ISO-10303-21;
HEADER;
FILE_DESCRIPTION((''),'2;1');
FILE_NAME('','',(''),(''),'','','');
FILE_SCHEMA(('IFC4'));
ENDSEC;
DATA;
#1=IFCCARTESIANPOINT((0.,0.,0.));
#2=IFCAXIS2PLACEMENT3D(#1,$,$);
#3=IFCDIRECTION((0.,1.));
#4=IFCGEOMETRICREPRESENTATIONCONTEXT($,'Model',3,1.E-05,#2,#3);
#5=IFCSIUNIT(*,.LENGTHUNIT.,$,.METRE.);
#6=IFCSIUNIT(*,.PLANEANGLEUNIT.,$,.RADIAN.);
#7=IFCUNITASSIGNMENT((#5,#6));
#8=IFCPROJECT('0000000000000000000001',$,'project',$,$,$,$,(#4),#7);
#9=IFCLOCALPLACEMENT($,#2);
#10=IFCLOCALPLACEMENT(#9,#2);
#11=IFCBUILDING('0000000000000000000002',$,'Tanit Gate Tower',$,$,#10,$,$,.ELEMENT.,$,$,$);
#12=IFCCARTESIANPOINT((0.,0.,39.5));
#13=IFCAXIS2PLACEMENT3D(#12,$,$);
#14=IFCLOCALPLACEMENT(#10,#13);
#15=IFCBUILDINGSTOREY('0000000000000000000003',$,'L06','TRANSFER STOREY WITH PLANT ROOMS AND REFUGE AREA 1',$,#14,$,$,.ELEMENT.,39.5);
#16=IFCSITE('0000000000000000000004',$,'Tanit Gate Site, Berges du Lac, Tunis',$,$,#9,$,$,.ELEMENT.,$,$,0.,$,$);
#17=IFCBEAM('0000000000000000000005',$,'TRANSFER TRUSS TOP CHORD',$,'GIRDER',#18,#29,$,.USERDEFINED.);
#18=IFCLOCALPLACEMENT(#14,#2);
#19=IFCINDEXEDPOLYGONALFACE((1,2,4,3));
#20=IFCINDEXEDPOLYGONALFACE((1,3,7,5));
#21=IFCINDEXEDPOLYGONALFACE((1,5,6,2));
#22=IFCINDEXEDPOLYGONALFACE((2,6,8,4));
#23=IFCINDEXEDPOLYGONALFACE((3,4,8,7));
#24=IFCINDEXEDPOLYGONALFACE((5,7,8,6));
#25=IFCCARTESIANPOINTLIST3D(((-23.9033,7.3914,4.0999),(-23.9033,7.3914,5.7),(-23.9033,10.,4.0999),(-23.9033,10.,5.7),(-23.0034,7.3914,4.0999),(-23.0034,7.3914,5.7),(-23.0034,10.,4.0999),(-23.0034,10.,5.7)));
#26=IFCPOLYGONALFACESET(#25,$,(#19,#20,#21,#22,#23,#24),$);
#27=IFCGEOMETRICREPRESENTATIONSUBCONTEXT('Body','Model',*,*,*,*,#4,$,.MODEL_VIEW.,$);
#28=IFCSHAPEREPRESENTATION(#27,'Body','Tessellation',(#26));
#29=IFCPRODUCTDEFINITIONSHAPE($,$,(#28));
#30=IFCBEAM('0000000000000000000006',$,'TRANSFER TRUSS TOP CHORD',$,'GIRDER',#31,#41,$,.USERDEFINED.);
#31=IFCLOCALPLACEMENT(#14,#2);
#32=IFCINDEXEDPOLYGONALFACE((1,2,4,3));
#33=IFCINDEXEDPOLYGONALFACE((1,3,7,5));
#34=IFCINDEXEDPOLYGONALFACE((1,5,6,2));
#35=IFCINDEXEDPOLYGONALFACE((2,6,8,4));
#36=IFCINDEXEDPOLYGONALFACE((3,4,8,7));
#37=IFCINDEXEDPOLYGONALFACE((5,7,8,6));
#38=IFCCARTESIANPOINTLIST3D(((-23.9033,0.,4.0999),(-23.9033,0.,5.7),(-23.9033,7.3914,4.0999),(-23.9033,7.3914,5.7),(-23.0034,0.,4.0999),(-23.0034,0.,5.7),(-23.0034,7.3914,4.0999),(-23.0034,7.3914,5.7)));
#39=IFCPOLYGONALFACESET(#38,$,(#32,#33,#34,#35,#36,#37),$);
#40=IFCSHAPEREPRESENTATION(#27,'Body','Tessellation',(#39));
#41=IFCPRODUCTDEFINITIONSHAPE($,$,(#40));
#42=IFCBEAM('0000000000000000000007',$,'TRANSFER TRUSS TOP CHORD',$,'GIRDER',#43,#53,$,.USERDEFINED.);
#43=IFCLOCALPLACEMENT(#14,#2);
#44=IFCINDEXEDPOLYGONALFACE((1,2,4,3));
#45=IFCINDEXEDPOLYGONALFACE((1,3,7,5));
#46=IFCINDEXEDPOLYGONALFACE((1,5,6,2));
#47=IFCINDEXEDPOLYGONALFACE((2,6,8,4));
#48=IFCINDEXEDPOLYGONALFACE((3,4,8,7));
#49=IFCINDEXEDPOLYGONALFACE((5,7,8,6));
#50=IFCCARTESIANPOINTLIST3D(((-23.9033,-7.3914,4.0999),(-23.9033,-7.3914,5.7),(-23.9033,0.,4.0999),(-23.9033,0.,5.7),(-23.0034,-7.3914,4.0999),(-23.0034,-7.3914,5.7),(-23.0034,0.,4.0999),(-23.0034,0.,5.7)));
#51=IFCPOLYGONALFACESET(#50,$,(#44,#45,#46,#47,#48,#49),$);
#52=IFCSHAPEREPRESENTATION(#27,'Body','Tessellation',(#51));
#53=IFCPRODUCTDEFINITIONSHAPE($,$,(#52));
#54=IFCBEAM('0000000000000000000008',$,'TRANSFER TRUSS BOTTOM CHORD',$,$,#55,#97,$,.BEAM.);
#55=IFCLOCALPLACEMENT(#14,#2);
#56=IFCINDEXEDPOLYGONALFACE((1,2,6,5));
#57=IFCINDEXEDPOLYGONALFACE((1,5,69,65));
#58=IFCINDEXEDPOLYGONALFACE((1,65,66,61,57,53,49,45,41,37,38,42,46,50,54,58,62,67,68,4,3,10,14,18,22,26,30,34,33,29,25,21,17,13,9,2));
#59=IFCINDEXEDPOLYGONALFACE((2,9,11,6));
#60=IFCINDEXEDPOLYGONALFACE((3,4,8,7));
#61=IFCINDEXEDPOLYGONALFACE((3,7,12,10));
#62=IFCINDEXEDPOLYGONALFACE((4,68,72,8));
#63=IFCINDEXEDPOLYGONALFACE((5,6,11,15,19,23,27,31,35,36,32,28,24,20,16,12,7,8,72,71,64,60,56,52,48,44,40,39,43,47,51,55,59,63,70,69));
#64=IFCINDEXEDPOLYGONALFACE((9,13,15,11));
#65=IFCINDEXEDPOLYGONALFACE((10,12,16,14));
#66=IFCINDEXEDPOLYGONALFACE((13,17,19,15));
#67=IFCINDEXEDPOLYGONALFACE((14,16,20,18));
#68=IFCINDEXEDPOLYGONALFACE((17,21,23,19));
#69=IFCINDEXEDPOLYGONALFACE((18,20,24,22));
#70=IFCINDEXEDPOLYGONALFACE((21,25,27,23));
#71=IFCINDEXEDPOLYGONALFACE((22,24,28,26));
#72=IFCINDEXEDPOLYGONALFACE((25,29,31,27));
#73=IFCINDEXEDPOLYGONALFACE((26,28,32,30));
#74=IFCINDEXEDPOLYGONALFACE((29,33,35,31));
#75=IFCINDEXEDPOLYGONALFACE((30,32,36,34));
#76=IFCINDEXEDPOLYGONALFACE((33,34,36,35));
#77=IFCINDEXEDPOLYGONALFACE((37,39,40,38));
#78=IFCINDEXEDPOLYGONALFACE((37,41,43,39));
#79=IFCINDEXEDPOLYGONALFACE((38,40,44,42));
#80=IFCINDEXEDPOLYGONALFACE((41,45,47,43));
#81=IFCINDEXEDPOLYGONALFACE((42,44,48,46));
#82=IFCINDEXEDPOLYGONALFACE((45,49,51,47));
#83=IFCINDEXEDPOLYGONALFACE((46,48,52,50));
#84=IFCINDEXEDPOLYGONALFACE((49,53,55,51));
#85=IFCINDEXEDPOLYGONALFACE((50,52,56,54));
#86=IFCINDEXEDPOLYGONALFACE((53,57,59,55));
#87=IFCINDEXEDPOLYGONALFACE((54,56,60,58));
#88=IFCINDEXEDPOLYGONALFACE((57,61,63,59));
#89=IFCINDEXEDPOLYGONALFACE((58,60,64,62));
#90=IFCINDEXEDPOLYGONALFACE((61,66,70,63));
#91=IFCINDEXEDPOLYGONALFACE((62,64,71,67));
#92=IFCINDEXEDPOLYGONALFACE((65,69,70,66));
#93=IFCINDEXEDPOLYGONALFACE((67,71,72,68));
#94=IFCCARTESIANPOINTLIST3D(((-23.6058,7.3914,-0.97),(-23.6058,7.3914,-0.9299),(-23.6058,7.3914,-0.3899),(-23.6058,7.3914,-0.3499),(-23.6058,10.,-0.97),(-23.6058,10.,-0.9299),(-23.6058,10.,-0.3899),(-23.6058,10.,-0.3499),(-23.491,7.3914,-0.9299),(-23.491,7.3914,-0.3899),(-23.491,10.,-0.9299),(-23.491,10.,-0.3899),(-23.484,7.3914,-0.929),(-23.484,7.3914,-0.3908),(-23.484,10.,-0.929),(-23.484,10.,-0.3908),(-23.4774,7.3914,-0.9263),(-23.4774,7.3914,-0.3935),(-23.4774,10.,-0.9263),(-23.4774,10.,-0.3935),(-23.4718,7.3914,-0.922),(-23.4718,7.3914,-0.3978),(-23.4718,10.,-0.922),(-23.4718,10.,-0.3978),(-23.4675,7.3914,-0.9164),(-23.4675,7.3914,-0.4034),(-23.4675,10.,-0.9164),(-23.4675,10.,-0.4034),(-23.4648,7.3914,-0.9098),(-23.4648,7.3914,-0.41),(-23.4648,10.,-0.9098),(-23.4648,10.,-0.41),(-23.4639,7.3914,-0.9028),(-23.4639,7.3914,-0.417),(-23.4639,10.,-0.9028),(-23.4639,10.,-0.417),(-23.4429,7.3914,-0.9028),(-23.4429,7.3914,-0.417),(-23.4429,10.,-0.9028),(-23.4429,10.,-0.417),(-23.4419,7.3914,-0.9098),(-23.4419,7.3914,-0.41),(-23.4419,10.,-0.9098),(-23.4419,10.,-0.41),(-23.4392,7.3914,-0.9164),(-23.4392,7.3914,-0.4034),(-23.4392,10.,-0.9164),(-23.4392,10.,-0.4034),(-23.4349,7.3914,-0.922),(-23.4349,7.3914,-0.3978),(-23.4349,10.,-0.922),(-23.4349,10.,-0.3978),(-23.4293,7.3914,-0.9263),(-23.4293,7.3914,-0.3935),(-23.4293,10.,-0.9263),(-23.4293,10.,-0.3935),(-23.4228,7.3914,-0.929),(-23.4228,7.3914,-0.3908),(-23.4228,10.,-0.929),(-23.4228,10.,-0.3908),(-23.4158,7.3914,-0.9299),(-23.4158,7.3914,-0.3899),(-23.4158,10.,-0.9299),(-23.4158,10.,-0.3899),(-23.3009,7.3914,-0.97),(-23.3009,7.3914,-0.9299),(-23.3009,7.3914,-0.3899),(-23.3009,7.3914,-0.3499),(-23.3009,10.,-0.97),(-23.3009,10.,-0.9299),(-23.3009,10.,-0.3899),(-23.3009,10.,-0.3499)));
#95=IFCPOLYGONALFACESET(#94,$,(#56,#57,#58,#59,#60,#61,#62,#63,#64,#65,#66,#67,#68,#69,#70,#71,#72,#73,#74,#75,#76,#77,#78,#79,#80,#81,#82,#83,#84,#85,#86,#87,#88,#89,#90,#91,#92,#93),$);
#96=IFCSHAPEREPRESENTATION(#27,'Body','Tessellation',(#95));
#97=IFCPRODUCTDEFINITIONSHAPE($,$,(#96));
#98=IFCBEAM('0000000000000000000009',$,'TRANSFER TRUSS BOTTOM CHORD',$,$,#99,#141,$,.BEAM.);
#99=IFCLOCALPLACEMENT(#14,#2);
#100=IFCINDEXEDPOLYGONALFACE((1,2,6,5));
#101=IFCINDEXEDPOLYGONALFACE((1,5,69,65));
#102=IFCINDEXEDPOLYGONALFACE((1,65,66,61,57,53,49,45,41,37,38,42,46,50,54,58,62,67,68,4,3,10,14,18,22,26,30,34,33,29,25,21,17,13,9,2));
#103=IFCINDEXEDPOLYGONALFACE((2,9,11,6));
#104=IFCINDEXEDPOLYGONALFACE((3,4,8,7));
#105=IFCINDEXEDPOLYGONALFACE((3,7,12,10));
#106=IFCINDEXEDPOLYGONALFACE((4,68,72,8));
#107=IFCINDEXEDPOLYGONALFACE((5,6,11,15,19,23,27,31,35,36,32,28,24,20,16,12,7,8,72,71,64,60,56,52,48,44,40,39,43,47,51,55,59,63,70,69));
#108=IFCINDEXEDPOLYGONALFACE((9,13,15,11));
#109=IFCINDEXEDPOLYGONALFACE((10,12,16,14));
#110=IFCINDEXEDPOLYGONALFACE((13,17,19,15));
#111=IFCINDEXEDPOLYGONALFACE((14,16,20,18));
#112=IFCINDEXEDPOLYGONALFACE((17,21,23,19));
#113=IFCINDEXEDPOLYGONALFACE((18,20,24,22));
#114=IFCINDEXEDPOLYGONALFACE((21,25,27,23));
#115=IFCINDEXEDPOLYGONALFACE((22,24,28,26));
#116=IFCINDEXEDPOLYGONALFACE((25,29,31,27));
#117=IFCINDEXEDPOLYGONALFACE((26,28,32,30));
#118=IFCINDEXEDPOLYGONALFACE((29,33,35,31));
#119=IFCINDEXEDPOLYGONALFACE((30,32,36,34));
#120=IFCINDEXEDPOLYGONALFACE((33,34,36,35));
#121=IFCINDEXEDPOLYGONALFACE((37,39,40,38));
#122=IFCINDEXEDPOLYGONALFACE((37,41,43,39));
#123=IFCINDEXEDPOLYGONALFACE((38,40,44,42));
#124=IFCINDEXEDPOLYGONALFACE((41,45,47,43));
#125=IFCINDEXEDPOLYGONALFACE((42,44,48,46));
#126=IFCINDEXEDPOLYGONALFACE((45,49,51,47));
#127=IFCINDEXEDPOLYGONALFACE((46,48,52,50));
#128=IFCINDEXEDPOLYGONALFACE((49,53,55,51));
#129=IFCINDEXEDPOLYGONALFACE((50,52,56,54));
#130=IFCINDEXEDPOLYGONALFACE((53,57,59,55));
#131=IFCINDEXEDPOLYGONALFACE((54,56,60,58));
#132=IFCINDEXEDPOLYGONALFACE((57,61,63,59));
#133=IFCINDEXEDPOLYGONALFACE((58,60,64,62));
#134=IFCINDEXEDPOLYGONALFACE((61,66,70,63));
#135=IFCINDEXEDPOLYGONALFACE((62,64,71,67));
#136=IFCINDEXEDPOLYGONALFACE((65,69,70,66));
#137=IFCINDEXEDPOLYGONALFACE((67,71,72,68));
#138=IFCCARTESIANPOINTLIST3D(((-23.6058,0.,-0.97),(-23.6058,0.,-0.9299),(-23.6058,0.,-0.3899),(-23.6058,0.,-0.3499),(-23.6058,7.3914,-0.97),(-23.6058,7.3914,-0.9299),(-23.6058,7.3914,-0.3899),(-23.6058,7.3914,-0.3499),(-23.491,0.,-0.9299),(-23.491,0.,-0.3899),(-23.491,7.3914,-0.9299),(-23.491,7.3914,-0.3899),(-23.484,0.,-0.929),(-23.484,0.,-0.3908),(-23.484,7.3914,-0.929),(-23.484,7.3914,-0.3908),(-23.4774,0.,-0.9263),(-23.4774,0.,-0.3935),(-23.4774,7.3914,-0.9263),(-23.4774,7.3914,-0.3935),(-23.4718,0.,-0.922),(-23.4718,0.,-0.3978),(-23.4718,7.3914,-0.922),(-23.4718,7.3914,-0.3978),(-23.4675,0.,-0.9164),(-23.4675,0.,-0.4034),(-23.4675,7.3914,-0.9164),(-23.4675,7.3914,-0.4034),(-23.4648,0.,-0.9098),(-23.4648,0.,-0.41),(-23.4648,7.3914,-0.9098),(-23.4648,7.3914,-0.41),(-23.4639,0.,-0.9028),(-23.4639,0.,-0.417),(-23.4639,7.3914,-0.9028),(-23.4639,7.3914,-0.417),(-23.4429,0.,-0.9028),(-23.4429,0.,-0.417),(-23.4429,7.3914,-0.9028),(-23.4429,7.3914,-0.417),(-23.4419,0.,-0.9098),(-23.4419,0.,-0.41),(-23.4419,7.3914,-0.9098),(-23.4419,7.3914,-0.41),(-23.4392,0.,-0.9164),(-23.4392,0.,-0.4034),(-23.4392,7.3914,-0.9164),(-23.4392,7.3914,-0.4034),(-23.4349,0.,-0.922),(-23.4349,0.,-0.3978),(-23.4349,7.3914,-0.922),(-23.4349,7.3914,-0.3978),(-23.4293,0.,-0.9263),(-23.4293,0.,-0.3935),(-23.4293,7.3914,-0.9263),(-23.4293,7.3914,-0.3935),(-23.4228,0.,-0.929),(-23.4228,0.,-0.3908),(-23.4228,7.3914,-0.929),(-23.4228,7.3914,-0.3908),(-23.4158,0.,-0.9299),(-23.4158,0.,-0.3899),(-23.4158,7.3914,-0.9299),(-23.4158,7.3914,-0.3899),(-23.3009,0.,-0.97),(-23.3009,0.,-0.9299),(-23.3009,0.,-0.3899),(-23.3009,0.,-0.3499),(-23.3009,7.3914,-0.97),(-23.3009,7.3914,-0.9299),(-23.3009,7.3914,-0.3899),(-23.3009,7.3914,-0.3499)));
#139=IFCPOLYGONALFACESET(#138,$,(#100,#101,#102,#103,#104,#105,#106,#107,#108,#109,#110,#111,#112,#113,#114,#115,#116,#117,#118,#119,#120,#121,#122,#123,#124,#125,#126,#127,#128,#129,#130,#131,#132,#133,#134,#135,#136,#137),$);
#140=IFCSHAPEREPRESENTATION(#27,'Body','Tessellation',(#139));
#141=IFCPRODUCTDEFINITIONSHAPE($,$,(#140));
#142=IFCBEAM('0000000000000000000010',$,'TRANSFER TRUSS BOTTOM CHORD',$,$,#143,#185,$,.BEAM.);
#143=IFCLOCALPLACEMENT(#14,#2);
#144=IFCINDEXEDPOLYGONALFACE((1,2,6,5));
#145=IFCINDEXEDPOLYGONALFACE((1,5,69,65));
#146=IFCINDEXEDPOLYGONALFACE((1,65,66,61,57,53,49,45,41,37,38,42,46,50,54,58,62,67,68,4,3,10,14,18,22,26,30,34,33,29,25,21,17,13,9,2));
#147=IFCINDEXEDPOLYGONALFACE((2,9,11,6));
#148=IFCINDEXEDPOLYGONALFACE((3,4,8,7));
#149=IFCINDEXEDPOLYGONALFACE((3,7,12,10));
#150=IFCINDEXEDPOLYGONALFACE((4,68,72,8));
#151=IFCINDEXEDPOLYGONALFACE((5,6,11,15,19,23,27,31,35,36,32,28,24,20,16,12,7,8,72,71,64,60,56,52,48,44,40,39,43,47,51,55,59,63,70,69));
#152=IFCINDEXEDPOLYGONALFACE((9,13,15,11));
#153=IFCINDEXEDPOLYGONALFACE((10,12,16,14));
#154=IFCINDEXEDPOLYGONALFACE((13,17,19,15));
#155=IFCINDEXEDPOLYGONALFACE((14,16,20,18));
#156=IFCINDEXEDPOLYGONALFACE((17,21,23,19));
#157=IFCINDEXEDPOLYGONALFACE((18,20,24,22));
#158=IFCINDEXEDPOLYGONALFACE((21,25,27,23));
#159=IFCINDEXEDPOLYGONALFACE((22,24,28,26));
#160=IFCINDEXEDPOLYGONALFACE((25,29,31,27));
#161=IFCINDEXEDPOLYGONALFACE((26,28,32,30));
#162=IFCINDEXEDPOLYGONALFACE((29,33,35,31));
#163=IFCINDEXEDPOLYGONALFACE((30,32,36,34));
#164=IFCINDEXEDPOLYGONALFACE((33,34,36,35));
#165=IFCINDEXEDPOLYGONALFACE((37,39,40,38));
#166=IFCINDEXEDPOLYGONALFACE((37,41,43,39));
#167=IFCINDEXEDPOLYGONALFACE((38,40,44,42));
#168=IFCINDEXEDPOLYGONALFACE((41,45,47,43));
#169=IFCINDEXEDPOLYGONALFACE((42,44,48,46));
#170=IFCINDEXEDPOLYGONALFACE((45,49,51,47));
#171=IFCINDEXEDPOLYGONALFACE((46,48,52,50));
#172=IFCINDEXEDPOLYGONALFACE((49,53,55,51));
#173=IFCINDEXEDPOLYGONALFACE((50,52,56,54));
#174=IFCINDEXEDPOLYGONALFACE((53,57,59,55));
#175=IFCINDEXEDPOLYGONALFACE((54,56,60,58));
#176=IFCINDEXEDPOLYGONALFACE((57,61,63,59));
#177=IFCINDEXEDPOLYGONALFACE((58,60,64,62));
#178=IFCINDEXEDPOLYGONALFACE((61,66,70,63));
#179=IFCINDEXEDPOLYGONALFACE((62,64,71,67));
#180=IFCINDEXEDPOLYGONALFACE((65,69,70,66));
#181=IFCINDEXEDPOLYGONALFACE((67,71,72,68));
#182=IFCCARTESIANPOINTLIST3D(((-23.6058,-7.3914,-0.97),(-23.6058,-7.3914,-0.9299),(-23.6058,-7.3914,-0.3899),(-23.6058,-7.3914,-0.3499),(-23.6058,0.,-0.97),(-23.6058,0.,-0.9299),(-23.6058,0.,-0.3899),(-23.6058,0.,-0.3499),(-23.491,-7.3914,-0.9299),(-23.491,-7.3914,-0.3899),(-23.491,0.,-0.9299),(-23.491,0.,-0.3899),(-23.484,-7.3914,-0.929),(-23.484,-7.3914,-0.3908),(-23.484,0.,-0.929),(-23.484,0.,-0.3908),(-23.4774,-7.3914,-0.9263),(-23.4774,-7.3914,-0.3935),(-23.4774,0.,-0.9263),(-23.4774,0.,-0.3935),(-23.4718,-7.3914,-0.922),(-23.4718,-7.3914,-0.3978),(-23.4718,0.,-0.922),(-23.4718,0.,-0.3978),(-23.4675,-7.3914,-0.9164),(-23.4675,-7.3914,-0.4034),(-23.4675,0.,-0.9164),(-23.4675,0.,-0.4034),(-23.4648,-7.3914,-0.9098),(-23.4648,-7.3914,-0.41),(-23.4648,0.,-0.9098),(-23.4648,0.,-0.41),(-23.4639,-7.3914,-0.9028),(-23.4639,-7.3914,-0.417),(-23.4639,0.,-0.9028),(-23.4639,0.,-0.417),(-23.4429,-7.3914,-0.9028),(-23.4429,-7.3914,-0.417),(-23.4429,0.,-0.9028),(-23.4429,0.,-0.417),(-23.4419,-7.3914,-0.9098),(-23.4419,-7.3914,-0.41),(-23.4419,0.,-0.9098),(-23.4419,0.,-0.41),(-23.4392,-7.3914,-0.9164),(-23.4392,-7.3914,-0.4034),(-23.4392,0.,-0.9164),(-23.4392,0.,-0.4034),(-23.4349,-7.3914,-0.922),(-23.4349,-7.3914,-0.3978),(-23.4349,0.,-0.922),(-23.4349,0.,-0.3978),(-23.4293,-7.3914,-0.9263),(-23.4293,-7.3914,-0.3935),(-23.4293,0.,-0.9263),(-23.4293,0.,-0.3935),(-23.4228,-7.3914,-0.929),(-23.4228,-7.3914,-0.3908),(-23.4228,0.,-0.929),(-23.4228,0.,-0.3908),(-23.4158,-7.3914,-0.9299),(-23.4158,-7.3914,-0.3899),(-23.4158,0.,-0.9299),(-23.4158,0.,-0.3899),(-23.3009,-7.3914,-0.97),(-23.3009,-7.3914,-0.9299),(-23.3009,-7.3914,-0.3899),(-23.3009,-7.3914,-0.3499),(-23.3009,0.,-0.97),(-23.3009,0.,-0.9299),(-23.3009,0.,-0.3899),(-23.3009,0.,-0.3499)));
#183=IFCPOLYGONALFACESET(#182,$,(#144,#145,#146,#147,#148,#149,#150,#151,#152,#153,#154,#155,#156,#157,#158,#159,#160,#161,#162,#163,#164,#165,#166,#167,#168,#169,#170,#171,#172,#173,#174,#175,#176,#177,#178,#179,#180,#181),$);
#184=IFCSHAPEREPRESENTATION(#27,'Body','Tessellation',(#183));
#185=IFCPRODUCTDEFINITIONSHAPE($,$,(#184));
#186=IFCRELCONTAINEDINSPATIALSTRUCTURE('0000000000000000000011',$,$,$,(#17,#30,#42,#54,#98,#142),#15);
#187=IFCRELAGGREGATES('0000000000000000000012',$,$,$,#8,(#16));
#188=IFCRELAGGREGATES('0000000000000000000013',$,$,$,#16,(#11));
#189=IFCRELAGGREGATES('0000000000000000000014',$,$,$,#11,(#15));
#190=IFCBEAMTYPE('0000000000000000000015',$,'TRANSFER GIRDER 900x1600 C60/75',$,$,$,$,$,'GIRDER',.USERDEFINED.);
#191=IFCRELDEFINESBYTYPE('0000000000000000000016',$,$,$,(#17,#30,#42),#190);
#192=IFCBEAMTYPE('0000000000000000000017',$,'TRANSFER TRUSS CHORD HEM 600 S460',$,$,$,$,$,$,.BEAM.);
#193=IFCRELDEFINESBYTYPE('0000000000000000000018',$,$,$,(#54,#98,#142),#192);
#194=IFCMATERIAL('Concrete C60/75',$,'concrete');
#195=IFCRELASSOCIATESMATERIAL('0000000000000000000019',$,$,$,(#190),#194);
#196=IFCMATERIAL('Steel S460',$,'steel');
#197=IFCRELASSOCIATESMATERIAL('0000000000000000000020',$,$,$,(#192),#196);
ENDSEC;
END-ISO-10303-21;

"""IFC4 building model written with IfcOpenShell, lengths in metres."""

from ifc_helpers import new_model, si_unit, direction, frame, origin, origin_2d, place, context, subcontext, project, spatial, rectangle, i_section, extrude, material, material_profile, profile_set, type_object, element, save


model = new_model("IFC4")

# Units and contexts
model_context = context("Model", 3, precision=1e-05, world=origin(), true_north=direction((0.0, 1.0)))
body_context = subcontext(model_context, "Body", "Model", "MODEL_VIEW")
ifc_project = project(units=[si_unit("LENGTHUNIT", "METRE"), si_unit("PLANEANGLEUNIT", "RADIAN")], contexts=[model_context])

# Site, building, storey
site_placement = place(None, origin())
site = spatial("IfcSite", under=ifc_project, at=site_placement, Name="Tanit Gate Site, Berges du Lac, Tunis", CompositionType="ELEMENT", RefElevation=0.0)
building_placement = place(site_placement, origin())
building = spatial("IfcBuilding", under=site, at=building_placement, Name="Tanit Gate Tower", CompositionType="ELEMENT")
storey_placement = place(building_placement, frame((0.0, 0.0, 39.5)))
storey = spatial("IfcBuildingStorey", under=building, at=storey_placement, Name="L06", Description="TRANSFER STOREY WITH PLANT ROOMS AND REFUGE AREA 1", CompositionType="ELEMENT", Elevation=39.5)

# Beams
ifc_material_1 = material(Name="Concrete C60/75", Category="concrete")
ifc_material_profile_1 = material_profile(ifc_material_1, rectangle(XDim=0.8999, YDim=1.6001, at=origin_2d()), Name="RC 900x1600")
ifc_profile_set_1 = profile_set([ifc_material_profile_1], Name="Concrete C60/75")
beam_type_1 = type_object("IfcBeamType", Name="TRANSFER GIRDER 900x1600 C60/75", ElementType="GIRDER", PredefinedType="USERDEFINED", material=ifc_profile_set_1)
beam_1_placement = place(storey_placement, frame((-23.4534, 10.0, 4.8999), z_axis=(0.0, -1.0, 0.0), x_axis=(1.0, 0.0, 0.0)))
element("IfcBeam", 1, at=beam_1_placement, inside=storey, type_object=beam_type_1, Name="TRANSFER TRUSS TOP CHORD", ObjectType="GIRDER", PredefinedType="USERDEFINED", context=body_context, shape_type="SweptSolid", body=[
    extrude(rectangle(XDim=0.8999, YDim=1.6001, at=origin_2d()), origin(), (0.0, 0.0, 1.0), 2.6086),
])
for number, where, z_axis, x_axis, name in (
    (2, (-23.4534, 7.3914, 4.8999), (0.0, -1.0, 0.0), (1.0, 0.0, 0.0), "TRANSFER TRUSS TOP CHORD"),
    (3, (-23.4534, 0.0, 4.8999), (0.0, -1.0, 0.0), (1.0, 0.0, 0.0), "TRANSFER TRUSS TOP CHORD"),
):
    element("IfcBeam", number, at=place(storey_placement, frame(where, z_axis=z_axis, x_axis=x_axis)), inside=storey, type_object=beam_type_1, Name=name, ObjectType="GIRDER", PredefinedType="USERDEFINED", context=body_context, shape_type="SweptSolid", body=[
        extrude(rectangle(XDim=0.8999, YDim=1.6001, at=origin_2d()), origin(), (0.0, 0.0, 1.0), 7.3914),
    ])
ifc_material_2 = material(Name="Steel S460", Category="steel")
ifc_material_profile_2 = material_profile(ifc_material_2, i_section(OverallWidth=0.3049, OverallDepth=0.6201, WebThickness=0.021, FlangeThickness=0.04, FilletRadius=0.0271, at=origin_2d()), Name="HEM 600")
ifc_profile_set_2 = profile_set([ifc_material_profile_2], Name="Steel S460")
beam_type_2 = type_object("IfcBeamType", Name="TRANSFER TRUSS CHORD HEM 600 S460", PredefinedType="BEAM", material=ifc_profile_set_2)
beam_2_placement = place(storey_placement, frame((-23.4534, 10.0, -0.6599), z_axis=(0.0, -1.0, 0.0), x_axis=(1.0, 0.0, 0.0)))
element("IfcBeam", 4, at=beam_2_placement, inside=storey, type_object=beam_type_2, Name="TRANSFER TRUSS BOTTOM CHORD", PredefinedType="BEAM", context=body_context, shape_type="SweptSolid", body=[
    extrude(i_section(OverallWidth=0.3049, OverallDepth=0.6201, WebThickness=0.021, FlangeThickness=0.04, FilletRadius=0.0271, at=origin_2d()), origin(), (0.0, 0.0, 1.0), 2.6086),
])
for number, where, z_axis, x_axis, name in (
    (5, (-23.4534, 7.3914, -0.6599), (0.0, -1.0, 0.0), (1.0, 0.0, 0.0), "TRANSFER TRUSS BOTTOM CHORD"),
    (6, (-23.4534, 0.0, -0.6599), (0.0, -1.0, 0.0), (1.0, 0.0, 0.0), "TRANSFER TRUSS BOTTOM CHORD"),
):
    element("IfcBeam", number, at=place(storey_placement, frame(where, z_axis=z_axis, x_axis=x_axis)), inside=storey, type_object=beam_type_2, Name=name, PredefinedType="BEAM", context=body_context, shape_type="SweptSolid", body=[
        extrude(i_section(OverallWidth=0.3049, OverallDepth=0.6201, WebThickness=0.021, FlangeThickness=0.04, FilletRadius=0.0271, at=origin_2d()), origin(), (0.0, 0.0, 1.0), 7.3914),
    ])

save(model, "model.ifc")
